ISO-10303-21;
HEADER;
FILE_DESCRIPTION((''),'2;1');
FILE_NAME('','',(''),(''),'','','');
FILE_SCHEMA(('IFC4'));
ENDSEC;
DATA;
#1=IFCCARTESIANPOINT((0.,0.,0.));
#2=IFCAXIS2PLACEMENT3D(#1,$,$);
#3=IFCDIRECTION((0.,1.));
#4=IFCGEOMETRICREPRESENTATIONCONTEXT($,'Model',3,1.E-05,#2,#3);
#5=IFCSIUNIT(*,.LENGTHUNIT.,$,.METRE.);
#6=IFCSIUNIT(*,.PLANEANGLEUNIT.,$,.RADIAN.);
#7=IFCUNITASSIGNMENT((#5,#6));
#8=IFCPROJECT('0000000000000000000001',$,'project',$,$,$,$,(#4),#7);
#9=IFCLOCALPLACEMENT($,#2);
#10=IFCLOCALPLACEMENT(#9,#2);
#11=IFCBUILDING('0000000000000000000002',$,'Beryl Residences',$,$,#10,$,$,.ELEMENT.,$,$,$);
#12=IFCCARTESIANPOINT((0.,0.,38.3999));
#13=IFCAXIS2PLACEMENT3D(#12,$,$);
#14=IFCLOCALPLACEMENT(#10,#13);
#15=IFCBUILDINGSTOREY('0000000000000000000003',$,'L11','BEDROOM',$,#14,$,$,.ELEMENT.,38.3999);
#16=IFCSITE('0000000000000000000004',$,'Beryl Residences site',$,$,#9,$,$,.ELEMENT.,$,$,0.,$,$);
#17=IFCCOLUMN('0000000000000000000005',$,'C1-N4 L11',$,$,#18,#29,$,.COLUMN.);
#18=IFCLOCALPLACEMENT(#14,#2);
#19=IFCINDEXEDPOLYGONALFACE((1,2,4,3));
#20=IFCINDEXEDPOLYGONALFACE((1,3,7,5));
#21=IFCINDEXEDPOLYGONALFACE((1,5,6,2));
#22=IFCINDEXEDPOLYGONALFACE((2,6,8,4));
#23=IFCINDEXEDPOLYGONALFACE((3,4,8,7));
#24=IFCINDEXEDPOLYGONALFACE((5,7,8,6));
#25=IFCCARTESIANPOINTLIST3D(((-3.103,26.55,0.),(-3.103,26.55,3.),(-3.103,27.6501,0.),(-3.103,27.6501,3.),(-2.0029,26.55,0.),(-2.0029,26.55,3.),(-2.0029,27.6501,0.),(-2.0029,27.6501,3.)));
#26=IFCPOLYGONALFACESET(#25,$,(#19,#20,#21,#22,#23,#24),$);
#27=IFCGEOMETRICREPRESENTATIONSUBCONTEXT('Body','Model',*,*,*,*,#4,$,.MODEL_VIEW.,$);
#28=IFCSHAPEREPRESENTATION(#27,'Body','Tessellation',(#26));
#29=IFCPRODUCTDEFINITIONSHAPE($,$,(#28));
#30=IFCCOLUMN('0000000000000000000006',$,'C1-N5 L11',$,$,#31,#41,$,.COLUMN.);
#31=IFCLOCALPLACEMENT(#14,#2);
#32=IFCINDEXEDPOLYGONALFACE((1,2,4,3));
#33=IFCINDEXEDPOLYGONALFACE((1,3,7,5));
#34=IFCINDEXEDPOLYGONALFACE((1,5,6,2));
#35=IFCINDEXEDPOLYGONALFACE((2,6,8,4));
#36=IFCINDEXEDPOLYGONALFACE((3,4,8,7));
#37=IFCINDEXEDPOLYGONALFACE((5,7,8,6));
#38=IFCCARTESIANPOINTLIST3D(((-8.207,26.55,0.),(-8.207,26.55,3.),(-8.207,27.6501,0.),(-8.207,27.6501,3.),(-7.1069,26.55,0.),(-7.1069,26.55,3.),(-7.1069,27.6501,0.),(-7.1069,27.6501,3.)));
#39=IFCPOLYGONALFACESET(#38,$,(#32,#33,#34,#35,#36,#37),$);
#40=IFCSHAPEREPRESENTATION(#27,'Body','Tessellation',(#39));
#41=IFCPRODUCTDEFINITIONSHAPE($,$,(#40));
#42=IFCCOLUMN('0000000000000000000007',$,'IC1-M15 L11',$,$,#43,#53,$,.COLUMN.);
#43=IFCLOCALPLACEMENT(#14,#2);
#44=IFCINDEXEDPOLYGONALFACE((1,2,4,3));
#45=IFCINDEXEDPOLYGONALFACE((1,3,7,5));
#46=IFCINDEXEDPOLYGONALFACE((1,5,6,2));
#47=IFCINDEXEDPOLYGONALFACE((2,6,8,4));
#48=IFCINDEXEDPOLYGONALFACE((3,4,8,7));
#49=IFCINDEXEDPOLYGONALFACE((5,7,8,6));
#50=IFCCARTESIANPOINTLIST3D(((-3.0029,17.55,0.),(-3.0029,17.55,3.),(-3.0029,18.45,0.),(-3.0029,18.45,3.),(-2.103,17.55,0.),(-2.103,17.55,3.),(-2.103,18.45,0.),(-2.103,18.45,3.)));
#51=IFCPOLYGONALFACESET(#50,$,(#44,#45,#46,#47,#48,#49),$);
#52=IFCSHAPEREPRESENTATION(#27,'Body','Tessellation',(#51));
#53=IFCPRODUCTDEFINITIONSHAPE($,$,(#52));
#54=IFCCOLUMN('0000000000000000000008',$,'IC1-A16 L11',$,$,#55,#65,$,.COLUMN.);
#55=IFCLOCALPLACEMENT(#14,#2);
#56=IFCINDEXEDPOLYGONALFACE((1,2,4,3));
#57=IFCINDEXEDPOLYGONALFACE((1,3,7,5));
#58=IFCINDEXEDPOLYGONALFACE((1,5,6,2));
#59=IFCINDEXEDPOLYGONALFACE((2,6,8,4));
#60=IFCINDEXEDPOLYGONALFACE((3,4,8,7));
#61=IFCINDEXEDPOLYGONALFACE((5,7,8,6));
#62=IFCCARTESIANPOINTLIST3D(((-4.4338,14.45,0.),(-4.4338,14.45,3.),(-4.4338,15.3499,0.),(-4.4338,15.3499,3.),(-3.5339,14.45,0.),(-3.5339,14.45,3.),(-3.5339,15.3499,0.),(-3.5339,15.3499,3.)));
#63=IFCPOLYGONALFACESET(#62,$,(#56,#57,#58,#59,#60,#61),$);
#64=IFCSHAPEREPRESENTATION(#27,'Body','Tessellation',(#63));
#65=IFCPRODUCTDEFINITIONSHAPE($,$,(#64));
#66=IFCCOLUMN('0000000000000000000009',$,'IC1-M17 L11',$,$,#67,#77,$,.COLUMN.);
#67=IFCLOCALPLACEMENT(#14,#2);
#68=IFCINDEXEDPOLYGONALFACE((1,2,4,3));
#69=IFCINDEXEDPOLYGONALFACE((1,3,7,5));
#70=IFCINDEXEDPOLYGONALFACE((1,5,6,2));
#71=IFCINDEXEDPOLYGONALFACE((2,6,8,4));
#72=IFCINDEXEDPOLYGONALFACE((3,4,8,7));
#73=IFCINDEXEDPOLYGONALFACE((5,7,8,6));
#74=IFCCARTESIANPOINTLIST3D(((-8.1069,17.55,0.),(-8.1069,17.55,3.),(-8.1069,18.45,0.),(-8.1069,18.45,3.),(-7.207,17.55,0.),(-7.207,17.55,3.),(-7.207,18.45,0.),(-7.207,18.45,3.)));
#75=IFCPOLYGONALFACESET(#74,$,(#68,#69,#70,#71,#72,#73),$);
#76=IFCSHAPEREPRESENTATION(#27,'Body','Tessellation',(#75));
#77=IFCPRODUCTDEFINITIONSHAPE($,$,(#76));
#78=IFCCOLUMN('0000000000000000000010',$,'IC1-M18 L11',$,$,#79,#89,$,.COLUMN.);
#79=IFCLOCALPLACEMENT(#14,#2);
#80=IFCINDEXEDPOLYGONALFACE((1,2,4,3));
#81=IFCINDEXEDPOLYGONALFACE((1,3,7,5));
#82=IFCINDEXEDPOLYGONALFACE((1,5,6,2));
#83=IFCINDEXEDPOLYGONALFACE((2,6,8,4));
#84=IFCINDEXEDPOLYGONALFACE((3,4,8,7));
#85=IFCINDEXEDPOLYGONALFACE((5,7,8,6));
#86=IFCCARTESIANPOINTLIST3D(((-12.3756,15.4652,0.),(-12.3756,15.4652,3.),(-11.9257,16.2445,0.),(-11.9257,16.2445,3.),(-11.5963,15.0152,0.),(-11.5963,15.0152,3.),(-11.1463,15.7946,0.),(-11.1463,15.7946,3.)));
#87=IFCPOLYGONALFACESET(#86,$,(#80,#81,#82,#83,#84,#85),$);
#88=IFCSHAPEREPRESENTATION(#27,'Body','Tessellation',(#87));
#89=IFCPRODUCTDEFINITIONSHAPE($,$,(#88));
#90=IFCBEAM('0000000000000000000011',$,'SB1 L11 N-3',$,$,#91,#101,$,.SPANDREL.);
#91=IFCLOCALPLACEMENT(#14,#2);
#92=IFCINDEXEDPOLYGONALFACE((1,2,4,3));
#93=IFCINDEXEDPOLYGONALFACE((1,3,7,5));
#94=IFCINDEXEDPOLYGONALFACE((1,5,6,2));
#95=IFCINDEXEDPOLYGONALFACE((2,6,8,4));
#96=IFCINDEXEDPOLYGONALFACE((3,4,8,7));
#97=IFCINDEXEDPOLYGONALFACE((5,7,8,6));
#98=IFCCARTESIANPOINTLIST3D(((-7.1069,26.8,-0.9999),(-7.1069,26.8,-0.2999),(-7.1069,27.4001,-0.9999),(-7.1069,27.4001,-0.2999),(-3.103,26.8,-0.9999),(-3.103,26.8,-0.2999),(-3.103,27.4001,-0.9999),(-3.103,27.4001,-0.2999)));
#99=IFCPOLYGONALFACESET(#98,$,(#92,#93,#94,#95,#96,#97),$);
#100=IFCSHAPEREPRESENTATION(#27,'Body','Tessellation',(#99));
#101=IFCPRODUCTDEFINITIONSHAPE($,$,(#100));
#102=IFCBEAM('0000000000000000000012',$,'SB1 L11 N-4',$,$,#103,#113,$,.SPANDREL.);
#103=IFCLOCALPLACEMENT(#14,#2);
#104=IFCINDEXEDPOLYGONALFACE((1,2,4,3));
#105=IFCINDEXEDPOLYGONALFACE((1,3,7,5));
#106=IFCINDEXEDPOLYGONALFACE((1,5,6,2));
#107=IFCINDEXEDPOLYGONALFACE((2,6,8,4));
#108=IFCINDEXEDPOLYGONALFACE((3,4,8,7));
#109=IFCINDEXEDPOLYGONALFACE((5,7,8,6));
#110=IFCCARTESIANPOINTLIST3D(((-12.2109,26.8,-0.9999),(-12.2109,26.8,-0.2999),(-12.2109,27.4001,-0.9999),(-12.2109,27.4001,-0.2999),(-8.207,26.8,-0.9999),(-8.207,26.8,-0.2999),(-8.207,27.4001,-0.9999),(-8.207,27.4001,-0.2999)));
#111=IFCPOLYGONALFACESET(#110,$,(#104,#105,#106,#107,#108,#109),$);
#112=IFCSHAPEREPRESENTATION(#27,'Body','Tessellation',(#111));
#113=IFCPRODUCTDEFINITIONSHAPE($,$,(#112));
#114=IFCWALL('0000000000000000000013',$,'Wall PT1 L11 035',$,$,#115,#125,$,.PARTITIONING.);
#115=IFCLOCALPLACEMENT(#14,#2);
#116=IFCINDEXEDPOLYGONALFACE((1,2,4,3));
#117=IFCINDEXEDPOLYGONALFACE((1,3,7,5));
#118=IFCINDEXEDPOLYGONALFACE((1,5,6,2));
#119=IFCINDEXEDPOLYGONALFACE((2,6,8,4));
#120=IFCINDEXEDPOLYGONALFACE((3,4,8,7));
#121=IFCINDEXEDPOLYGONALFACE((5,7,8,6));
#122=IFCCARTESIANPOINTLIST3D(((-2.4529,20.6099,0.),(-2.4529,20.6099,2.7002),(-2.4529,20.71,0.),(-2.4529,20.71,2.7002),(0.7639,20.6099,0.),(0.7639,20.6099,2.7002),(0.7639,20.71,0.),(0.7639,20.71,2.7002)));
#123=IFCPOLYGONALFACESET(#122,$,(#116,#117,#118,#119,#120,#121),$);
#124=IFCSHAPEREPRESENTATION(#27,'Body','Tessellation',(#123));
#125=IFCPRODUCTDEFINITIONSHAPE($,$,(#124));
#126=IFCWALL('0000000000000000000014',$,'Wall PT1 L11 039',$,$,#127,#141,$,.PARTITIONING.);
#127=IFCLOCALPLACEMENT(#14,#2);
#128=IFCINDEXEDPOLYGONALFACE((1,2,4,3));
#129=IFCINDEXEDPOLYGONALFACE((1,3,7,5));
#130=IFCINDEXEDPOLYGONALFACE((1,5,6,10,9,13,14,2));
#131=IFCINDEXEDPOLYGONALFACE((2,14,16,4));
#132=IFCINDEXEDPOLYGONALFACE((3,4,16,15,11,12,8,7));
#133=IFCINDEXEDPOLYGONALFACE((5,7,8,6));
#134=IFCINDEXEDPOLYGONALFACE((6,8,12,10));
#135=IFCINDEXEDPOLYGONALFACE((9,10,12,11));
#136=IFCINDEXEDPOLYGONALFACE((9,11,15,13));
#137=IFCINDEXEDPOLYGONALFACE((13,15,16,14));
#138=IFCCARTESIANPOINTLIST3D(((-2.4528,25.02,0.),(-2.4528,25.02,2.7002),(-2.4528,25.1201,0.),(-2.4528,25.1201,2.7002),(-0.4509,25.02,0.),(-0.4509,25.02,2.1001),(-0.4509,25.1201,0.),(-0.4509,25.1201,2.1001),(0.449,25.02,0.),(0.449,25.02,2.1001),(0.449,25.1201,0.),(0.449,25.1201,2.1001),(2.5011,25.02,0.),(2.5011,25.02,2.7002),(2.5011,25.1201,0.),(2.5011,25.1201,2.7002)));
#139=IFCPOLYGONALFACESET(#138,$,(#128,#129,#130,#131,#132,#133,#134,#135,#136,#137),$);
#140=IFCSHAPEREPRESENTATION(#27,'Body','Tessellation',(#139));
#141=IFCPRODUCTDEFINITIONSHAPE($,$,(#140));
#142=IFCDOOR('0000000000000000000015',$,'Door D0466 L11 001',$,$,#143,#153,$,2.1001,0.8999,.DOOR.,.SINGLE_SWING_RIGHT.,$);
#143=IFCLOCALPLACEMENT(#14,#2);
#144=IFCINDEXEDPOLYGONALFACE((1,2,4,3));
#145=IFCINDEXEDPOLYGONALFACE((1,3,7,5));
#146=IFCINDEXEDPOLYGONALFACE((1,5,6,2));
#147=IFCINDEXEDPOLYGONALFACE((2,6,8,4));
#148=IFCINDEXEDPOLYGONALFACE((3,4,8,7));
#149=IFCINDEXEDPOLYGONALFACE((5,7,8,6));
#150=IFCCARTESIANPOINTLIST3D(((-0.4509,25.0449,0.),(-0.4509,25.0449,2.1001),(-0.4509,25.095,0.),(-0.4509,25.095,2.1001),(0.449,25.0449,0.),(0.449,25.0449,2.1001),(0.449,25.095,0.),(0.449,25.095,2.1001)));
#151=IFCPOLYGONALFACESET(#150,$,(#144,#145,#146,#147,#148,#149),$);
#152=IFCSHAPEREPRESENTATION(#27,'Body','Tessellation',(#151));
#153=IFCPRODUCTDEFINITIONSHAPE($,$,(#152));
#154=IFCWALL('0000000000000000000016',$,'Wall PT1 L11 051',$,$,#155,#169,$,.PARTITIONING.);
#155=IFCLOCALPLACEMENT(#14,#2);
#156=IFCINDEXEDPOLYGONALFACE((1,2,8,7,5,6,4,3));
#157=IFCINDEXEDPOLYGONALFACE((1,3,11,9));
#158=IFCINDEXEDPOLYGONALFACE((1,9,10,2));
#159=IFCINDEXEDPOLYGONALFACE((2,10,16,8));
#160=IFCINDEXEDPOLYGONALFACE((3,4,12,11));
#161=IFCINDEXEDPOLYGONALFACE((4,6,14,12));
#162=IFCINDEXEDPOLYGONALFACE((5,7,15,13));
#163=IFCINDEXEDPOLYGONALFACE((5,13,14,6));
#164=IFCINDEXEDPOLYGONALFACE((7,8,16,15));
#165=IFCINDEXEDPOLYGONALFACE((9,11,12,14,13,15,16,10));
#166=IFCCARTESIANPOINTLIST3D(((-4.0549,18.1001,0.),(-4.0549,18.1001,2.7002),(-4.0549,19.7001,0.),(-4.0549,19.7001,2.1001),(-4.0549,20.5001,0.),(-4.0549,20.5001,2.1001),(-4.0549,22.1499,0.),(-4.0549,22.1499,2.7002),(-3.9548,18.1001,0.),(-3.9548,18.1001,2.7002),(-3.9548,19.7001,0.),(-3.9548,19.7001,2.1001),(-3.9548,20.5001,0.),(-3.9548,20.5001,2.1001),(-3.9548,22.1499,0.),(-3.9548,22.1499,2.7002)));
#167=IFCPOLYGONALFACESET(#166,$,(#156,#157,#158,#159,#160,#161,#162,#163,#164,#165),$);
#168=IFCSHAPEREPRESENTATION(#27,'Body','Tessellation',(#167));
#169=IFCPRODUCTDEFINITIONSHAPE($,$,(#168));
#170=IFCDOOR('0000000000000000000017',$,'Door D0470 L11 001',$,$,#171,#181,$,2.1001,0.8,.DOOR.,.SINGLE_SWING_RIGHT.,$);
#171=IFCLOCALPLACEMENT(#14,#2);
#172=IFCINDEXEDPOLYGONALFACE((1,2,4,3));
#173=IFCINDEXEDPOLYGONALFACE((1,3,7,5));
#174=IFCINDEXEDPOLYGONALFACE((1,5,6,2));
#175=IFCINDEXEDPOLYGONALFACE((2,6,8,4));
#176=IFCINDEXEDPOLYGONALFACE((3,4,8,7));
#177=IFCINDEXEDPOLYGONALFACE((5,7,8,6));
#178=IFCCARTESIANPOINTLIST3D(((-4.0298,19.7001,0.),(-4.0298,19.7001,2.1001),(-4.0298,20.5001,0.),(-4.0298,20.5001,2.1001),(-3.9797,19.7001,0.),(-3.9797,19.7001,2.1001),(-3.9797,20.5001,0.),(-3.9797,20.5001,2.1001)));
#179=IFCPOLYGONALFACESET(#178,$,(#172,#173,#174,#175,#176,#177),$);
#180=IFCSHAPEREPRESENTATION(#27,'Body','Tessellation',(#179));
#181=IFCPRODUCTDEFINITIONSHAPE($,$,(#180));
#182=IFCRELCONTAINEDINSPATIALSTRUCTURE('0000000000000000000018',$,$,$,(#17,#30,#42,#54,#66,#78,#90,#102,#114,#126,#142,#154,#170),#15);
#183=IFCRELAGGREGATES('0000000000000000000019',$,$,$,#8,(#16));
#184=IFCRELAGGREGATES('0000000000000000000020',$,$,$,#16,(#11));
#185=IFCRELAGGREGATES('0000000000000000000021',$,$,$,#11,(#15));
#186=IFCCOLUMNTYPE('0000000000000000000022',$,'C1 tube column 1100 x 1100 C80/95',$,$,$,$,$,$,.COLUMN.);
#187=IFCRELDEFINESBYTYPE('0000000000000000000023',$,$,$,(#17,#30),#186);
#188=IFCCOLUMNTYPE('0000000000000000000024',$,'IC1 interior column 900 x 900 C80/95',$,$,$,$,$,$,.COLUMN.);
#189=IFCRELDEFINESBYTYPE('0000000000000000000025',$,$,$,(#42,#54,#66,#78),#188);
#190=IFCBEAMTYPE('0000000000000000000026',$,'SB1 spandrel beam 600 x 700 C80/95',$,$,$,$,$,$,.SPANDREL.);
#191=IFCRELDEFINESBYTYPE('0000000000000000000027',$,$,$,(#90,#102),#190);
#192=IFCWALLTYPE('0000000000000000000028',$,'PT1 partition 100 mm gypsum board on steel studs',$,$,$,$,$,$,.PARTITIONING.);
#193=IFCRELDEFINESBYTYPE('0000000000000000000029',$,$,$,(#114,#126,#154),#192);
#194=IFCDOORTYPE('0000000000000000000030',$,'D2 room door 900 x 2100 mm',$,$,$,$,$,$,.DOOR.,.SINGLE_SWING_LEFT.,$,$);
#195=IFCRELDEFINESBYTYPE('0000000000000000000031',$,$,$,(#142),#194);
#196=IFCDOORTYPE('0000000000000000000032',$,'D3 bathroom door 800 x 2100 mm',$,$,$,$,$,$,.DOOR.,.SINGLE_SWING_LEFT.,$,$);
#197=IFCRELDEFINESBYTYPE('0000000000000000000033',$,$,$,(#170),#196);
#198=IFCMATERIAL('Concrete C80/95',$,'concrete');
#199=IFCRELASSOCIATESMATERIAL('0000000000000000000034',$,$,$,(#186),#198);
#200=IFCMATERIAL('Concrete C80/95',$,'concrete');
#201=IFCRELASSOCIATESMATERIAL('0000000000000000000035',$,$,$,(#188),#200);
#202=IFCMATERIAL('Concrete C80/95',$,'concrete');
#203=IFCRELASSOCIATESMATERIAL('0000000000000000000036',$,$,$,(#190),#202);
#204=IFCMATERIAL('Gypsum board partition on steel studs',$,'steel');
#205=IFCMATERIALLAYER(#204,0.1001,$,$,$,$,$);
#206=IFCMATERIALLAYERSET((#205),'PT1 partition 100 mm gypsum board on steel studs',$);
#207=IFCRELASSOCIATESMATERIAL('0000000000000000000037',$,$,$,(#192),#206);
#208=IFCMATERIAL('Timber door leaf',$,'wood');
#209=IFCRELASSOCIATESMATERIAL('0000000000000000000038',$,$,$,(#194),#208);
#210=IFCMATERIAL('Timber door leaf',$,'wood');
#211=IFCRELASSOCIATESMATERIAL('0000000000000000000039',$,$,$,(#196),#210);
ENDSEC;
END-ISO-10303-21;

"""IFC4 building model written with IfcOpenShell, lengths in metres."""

from ifc_helpers import new_model, si_unit, direction, frame, frame_2d, origin, origin_2d, place, context, subcontext, project, spatial, rectangle, extrude, material, layer, layer_set, material_profile, profile_set, type_object, element, fill, save


model = new_model("IFC4")

# Units and contexts
model_context = context("Model", 3, precision=1e-05, world=origin(), true_north=direction((0.0, 1.0)))
body_context = subcontext(model_context, "Body", "Model", "MODEL_VIEW")
ifc_project = project(units=[si_unit("LENGTHUNIT", "METRE"), si_unit("PLANEANGLEUNIT", "RADIAN")], contexts=[model_context])

# Site, building, storey
site_placement = place(None, origin())
site = spatial("IfcSite", under=ifc_project, at=site_placement, Name="Beryl Residences site", CompositionType="ELEMENT", RefElevation=0.0)
building_placement = place(site_placement, origin())
building = spatial("IfcBuilding", under=site, at=building_placement, Name="Beryl Residences", CompositionType="ELEMENT")
storey_placement = place(building_placement, frame((0.0, 0.0, 38.3999)))
storey = spatial("IfcBuildingStorey", under=building, at=storey_placement, Name="L11", Description="BEDROOM", CompositionType="ELEMENT", Elevation=38.3999)

# Columns
ifc_material_1 = material(Name="Concrete C80/95", Category="concrete")
ifc_material_profile_1 = material_profile(ifc_material_1, rectangle(XDim=1.1001, YDim=1.1001, at=origin_2d()))
ifc_profile_set_1 = profile_set([ifc_material_profile_1], Name="Concrete C80/95")
column_type_1 = type_object("IfcColumnType", Name="C1 tube column 1100 x 1100 C80/95", PredefinedType="COLUMN", material=ifc_profile_set_1)
for number, where, z_axis, x_axis, name in (
    (1, (-2.553, 27.1001, 0.0), (0.0, 0.0, 1.0), (-1.0, 0.0, 0.0), "C1-N4 L11"),
    (2, (-7.657, 27.1001, 0.0), (0.0, 0.0, 1.0), (-1.0, 0.0, 0.0), "C1-N5 L11"),
):
    element("IfcColumn", number, at=place(storey_placement, frame(where, z_axis=z_axis, x_axis=x_axis)), inside=storey, type_object=column_type_1, Name=name, PredefinedType="COLUMN", context=body_context, shape_type="SweptSolid", body=[
        extrude(rectangle(XDim=1.1001, YDim=1.1001, at=origin_2d()), origin(), (0.0, 0.0, 1.0), 3.0),
    ])
ifc_material_2 = material(Name="Concrete C80/95", Category="concrete")
ifc_material_profile_2 = material_profile(ifc_material_2, rectangle(XDim=0.8999, YDim=0.8999, at=origin_2d()))
ifc_profile_set_2 = profile_set([ifc_material_profile_2], Name="Concrete C80/95")
column_type_2 = type_object("IfcColumnType", Name="IC1 interior column 900 x 900 C80/95", PredefinedType="COLUMN", material=ifc_profile_set_2)
for number, where, z_axis, x_axis, name in (
    (3, (-2.553, 18.0, 0.0), (0.0, 0.0, 1.0), (-1.0, 0.0, 0.0), "IC1-M15 L11"),
    (4, (-3.9839, 14.8999, 0.0), (0.0, 0.0, 1.0), (1.0, 0.0, 0.0), "IC1-A16 L11"),
    (5, (-7.657, 18.0, 0.0), (0.0, 0.0, 1.0), (-1.0, 0.0, 0.0), "IC1-M17 L11"),
    (6, (-11.761, 15.6299, 0.0), (0.0, 0.0, 1.0), (-0.499985, -0.866034, 0.0), "IC1-M18 L11"),
):
    element("IfcColumn", number, at=place(storey_placement, frame(where, z_axis=z_axis, x_axis=x_axis)), inside=storey, type_object=column_type_2, Name=name, PredefinedType="COLUMN", context=body_context, shape_type="SweptSolid", body=[
        extrude(rectangle(XDim=0.8999, YDim=0.8999, at=origin_2d()), origin(), (0.0, 0.0, 1.0), 3.0),
    ])

# Beams
ifc_material_3 = material(Name="Concrete C80/95", Category="concrete")
ifc_material_profile_3 = material_profile(ifc_material_3, rectangle(XDim=0.6001, YDim=0.7, at=origin_2d()))
ifc_profile_set_3 = profile_set([ifc_material_profile_3], Name="Concrete C80/95")
beam_type = type_object("IfcBeamType", Name="SB1 spandrel beam 600 x 700 C80/95", PredefinedType="SPANDREL", material=ifc_profile_set_3)
for number, where, z_axis, x_axis, name in (
    (7, (-3.103, 27.1001, -0.6499), (-1.0, 0.0, 0.0), (0.0, -1.0, 0.0), "SB1 L11 N-3"),
    (8, (-8.207, 27.1001, -0.6499), (-1.0, 0.0, 0.0), (0.0, -1.0, 0.0), "SB1 L11 N-4"),
):
    element("IfcBeam", number, at=place(storey_placement, frame(where, z_axis=z_axis, x_axis=x_axis)), inside=storey, type_object=beam_type, Name=name, PredefinedType="SPANDREL", context=body_context, shape_type="SweptSolid", body=[
        extrude(rectangle(XDim=0.6001, YDim=0.7, at=origin_2d()), origin(), (0.0, 0.0, 1.0), 4.0039),
    ])

# Wall
ifc_material_4 = material(Name="Gypsum board partition on steel studs", Category="steel")
ifc_layer_1 = layer(ifc_material_4, 0.1001)
ifc_layer_set_1 = layer_set([ifc_layer_1], Name="PT1 partition 100 mm gypsum board on steel studs")
wall_type_1 = type_object("IfcWallType", Name="PT1 partition 100 mm gypsum board on steel studs", PredefinedType="PARTITIONING", material=ifc_layer_set_1)
wall_1_placement = place(storey_placement, frame((-2.4529, 20.6599, 0.0), z_axis=(0.0, 0.0, 1.0), x_axis=(1.0, 0.0, 0.0)))
element("IfcWall", 9, at=wall_1_placement, inside=storey, type_object=wall_type_1, Name="Wall PT1 L11 035", PredefinedType="PARTITIONING", context=body_context, shape_type="SweptSolid", body=[
    extrude(rectangle(XDim=3.2168, YDim=0.1001, at=frame_2d((1.6084, 0.0))), origin(), (0.0, 0.0, 1.0), 2.7002),
])

# Walls, openings, doors
wall_2_placement = place(storey_placement, frame((-2.4529, 25.0701, 0.0), z_axis=(0.0, 0.0, 1.0), x_axis=(1.0, 0.0, 0.0)))
wall_2 = element("IfcWall", 10, at=wall_2_placement, inside=storey, type_object=wall_type_1, Name="Wall PT1 L11 039", PredefinedType="PARTITIONING", context=body_context, shape_type="SweptSolid", body=[
    extrude(rectangle(XDim=4.9539, YDim=0.1001, at=frame_2d((2.4771, 0.0))), origin(), (0.0, 0.0, 1.0), 2.7002),
])
opening_1_placement = place(wall_2_placement, frame((2.002, 0.0, 0.0)))
opening_1 = element("IfcOpeningElement", 11, at=opening_1_placement, cuts=wall_2, PredefinedType="OPENING", context=body_context, shape_type="SweptSolid", body=[
    extrude(rectangle(XDim=0.8999, YDim=2.1001, at=frame_2d((0.45, 1.05))), frame((0.0, 0.0601, 0.0), z_axis=(0.0, -1.0, 0.0), x_axis=(1.0, 0.0, 0.0)), (0.0, 0.0, 1.0), 0.1201),
])
ifc_material_5 = material(Name="Timber door leaf", Category="wood")
door_type_1 = type_object("IfcDoorType", Name="D2 room door 900 x 2100 mm", OperationType="SINGLE_SWING_LEFT", PredefinedType="DOOR", material=ifc_material_5)
door_1_placement = place(opening_1_placement, origin())
door_1 = element("IfcDoor", 12, at=door_1_placement, inside=storey, type_object=door_type_1, Name="Door D0466 L11 001", OperationType="SINGLE_SWING_RIGHT", OverallHeight=2.1001, OverallWidth=0.8999, PredefinedType="DOOR", context=body_context, shape_type="SweptSolid", body=[
    extrude(rectangle(XDim=0.8999, YDim=2.1001, at=frame_2d((0.45, 1.05))), frame((0.0, 0.0249, 0.0), z_axis=(0.0, -1.0, 0.0), x_axis=(1.0, 0.0, 0.0)), (0.0, 0.0, 1.0), 0.05),
])
fill(opening_1, door_1)
wall_3_placement = place(storey_placement, frame((-4.0049, 18.1001, 0.0), z_axis=(0.0, 0.0, 1.0), x_axis=(0.0, 1.0, 0.0)))
wall_3 = element("IfcWall", 13, at=wall_3_placement, inside=storey, type_object=wall_type_1, Name="Wall PT1 L11 051", PredefinedType="PARTITIONING", context=body_context, shape_type="SweptSolid", body=[
    extrude(rectangle(XDim=4.0498, YDim=0.1001, at=frame_2d((2.0249, 0.0))), origin(), (0.0, 0.0, 1.0), 2.7002),
])
opening_2_placement = place(wall_3_placement, frame((1.6001, 0.0, 0.0)))
opening_2 = element("IfcOpeningElement", 14, at=opening_2_placement, cuts=wall_3, PredefinedType="OPENING", context=body_context, shape_type="SweptSolid", body=[
    extrude(rectangle(XDim=0.8, YDim=2.1001, at=frame_2d((0.3999, 1.05))), frame((0.0, 0.0601, 0.0), z_axis=(0.0, -1.0, 0.0), x_axis=(1.0, 0.0, 0.0)), (0.0, 0.0, 1.0), 0.1201),
])
ifc_material_6 = material(Name="Timber door leaf", Category="wood")
door_type_2 = type_object("IfcDoorType", Name="D3 bathroom door 800 x 2100 mm", OperationType="SINGLE_SWING_LEFT", PredefinedType="DOOR", material=ifc_material_6)
door_2_placement = place(opening_2_placement, origin())
door_2 = element("IfcDoor", 15, at=door_2_placement, inside=storey, type_object=door_type_2, Name="Door D0470 L11 001", OperationType="SINGLE_SWING_RIGHT", OverallHeight=2.1001, OverallWidth=0.8, PredefinedType="DOOR", context=body_context, shape_type="SweptSolid", body=[
    extrude(rectangle(XDim=0.8, YDim=2.1001, at=frame_2d((0.3999, 1.05))), frame((0.0, 0.0249, 0.0), z_axis=(0.0, -1.0, 0.0), x_axis=(1.0, 0.0, 0.0)), (0.0, 0.0, 1.0), 0.05),
])
fill(opening_2, door_2)

save(model, "model.ifc")
